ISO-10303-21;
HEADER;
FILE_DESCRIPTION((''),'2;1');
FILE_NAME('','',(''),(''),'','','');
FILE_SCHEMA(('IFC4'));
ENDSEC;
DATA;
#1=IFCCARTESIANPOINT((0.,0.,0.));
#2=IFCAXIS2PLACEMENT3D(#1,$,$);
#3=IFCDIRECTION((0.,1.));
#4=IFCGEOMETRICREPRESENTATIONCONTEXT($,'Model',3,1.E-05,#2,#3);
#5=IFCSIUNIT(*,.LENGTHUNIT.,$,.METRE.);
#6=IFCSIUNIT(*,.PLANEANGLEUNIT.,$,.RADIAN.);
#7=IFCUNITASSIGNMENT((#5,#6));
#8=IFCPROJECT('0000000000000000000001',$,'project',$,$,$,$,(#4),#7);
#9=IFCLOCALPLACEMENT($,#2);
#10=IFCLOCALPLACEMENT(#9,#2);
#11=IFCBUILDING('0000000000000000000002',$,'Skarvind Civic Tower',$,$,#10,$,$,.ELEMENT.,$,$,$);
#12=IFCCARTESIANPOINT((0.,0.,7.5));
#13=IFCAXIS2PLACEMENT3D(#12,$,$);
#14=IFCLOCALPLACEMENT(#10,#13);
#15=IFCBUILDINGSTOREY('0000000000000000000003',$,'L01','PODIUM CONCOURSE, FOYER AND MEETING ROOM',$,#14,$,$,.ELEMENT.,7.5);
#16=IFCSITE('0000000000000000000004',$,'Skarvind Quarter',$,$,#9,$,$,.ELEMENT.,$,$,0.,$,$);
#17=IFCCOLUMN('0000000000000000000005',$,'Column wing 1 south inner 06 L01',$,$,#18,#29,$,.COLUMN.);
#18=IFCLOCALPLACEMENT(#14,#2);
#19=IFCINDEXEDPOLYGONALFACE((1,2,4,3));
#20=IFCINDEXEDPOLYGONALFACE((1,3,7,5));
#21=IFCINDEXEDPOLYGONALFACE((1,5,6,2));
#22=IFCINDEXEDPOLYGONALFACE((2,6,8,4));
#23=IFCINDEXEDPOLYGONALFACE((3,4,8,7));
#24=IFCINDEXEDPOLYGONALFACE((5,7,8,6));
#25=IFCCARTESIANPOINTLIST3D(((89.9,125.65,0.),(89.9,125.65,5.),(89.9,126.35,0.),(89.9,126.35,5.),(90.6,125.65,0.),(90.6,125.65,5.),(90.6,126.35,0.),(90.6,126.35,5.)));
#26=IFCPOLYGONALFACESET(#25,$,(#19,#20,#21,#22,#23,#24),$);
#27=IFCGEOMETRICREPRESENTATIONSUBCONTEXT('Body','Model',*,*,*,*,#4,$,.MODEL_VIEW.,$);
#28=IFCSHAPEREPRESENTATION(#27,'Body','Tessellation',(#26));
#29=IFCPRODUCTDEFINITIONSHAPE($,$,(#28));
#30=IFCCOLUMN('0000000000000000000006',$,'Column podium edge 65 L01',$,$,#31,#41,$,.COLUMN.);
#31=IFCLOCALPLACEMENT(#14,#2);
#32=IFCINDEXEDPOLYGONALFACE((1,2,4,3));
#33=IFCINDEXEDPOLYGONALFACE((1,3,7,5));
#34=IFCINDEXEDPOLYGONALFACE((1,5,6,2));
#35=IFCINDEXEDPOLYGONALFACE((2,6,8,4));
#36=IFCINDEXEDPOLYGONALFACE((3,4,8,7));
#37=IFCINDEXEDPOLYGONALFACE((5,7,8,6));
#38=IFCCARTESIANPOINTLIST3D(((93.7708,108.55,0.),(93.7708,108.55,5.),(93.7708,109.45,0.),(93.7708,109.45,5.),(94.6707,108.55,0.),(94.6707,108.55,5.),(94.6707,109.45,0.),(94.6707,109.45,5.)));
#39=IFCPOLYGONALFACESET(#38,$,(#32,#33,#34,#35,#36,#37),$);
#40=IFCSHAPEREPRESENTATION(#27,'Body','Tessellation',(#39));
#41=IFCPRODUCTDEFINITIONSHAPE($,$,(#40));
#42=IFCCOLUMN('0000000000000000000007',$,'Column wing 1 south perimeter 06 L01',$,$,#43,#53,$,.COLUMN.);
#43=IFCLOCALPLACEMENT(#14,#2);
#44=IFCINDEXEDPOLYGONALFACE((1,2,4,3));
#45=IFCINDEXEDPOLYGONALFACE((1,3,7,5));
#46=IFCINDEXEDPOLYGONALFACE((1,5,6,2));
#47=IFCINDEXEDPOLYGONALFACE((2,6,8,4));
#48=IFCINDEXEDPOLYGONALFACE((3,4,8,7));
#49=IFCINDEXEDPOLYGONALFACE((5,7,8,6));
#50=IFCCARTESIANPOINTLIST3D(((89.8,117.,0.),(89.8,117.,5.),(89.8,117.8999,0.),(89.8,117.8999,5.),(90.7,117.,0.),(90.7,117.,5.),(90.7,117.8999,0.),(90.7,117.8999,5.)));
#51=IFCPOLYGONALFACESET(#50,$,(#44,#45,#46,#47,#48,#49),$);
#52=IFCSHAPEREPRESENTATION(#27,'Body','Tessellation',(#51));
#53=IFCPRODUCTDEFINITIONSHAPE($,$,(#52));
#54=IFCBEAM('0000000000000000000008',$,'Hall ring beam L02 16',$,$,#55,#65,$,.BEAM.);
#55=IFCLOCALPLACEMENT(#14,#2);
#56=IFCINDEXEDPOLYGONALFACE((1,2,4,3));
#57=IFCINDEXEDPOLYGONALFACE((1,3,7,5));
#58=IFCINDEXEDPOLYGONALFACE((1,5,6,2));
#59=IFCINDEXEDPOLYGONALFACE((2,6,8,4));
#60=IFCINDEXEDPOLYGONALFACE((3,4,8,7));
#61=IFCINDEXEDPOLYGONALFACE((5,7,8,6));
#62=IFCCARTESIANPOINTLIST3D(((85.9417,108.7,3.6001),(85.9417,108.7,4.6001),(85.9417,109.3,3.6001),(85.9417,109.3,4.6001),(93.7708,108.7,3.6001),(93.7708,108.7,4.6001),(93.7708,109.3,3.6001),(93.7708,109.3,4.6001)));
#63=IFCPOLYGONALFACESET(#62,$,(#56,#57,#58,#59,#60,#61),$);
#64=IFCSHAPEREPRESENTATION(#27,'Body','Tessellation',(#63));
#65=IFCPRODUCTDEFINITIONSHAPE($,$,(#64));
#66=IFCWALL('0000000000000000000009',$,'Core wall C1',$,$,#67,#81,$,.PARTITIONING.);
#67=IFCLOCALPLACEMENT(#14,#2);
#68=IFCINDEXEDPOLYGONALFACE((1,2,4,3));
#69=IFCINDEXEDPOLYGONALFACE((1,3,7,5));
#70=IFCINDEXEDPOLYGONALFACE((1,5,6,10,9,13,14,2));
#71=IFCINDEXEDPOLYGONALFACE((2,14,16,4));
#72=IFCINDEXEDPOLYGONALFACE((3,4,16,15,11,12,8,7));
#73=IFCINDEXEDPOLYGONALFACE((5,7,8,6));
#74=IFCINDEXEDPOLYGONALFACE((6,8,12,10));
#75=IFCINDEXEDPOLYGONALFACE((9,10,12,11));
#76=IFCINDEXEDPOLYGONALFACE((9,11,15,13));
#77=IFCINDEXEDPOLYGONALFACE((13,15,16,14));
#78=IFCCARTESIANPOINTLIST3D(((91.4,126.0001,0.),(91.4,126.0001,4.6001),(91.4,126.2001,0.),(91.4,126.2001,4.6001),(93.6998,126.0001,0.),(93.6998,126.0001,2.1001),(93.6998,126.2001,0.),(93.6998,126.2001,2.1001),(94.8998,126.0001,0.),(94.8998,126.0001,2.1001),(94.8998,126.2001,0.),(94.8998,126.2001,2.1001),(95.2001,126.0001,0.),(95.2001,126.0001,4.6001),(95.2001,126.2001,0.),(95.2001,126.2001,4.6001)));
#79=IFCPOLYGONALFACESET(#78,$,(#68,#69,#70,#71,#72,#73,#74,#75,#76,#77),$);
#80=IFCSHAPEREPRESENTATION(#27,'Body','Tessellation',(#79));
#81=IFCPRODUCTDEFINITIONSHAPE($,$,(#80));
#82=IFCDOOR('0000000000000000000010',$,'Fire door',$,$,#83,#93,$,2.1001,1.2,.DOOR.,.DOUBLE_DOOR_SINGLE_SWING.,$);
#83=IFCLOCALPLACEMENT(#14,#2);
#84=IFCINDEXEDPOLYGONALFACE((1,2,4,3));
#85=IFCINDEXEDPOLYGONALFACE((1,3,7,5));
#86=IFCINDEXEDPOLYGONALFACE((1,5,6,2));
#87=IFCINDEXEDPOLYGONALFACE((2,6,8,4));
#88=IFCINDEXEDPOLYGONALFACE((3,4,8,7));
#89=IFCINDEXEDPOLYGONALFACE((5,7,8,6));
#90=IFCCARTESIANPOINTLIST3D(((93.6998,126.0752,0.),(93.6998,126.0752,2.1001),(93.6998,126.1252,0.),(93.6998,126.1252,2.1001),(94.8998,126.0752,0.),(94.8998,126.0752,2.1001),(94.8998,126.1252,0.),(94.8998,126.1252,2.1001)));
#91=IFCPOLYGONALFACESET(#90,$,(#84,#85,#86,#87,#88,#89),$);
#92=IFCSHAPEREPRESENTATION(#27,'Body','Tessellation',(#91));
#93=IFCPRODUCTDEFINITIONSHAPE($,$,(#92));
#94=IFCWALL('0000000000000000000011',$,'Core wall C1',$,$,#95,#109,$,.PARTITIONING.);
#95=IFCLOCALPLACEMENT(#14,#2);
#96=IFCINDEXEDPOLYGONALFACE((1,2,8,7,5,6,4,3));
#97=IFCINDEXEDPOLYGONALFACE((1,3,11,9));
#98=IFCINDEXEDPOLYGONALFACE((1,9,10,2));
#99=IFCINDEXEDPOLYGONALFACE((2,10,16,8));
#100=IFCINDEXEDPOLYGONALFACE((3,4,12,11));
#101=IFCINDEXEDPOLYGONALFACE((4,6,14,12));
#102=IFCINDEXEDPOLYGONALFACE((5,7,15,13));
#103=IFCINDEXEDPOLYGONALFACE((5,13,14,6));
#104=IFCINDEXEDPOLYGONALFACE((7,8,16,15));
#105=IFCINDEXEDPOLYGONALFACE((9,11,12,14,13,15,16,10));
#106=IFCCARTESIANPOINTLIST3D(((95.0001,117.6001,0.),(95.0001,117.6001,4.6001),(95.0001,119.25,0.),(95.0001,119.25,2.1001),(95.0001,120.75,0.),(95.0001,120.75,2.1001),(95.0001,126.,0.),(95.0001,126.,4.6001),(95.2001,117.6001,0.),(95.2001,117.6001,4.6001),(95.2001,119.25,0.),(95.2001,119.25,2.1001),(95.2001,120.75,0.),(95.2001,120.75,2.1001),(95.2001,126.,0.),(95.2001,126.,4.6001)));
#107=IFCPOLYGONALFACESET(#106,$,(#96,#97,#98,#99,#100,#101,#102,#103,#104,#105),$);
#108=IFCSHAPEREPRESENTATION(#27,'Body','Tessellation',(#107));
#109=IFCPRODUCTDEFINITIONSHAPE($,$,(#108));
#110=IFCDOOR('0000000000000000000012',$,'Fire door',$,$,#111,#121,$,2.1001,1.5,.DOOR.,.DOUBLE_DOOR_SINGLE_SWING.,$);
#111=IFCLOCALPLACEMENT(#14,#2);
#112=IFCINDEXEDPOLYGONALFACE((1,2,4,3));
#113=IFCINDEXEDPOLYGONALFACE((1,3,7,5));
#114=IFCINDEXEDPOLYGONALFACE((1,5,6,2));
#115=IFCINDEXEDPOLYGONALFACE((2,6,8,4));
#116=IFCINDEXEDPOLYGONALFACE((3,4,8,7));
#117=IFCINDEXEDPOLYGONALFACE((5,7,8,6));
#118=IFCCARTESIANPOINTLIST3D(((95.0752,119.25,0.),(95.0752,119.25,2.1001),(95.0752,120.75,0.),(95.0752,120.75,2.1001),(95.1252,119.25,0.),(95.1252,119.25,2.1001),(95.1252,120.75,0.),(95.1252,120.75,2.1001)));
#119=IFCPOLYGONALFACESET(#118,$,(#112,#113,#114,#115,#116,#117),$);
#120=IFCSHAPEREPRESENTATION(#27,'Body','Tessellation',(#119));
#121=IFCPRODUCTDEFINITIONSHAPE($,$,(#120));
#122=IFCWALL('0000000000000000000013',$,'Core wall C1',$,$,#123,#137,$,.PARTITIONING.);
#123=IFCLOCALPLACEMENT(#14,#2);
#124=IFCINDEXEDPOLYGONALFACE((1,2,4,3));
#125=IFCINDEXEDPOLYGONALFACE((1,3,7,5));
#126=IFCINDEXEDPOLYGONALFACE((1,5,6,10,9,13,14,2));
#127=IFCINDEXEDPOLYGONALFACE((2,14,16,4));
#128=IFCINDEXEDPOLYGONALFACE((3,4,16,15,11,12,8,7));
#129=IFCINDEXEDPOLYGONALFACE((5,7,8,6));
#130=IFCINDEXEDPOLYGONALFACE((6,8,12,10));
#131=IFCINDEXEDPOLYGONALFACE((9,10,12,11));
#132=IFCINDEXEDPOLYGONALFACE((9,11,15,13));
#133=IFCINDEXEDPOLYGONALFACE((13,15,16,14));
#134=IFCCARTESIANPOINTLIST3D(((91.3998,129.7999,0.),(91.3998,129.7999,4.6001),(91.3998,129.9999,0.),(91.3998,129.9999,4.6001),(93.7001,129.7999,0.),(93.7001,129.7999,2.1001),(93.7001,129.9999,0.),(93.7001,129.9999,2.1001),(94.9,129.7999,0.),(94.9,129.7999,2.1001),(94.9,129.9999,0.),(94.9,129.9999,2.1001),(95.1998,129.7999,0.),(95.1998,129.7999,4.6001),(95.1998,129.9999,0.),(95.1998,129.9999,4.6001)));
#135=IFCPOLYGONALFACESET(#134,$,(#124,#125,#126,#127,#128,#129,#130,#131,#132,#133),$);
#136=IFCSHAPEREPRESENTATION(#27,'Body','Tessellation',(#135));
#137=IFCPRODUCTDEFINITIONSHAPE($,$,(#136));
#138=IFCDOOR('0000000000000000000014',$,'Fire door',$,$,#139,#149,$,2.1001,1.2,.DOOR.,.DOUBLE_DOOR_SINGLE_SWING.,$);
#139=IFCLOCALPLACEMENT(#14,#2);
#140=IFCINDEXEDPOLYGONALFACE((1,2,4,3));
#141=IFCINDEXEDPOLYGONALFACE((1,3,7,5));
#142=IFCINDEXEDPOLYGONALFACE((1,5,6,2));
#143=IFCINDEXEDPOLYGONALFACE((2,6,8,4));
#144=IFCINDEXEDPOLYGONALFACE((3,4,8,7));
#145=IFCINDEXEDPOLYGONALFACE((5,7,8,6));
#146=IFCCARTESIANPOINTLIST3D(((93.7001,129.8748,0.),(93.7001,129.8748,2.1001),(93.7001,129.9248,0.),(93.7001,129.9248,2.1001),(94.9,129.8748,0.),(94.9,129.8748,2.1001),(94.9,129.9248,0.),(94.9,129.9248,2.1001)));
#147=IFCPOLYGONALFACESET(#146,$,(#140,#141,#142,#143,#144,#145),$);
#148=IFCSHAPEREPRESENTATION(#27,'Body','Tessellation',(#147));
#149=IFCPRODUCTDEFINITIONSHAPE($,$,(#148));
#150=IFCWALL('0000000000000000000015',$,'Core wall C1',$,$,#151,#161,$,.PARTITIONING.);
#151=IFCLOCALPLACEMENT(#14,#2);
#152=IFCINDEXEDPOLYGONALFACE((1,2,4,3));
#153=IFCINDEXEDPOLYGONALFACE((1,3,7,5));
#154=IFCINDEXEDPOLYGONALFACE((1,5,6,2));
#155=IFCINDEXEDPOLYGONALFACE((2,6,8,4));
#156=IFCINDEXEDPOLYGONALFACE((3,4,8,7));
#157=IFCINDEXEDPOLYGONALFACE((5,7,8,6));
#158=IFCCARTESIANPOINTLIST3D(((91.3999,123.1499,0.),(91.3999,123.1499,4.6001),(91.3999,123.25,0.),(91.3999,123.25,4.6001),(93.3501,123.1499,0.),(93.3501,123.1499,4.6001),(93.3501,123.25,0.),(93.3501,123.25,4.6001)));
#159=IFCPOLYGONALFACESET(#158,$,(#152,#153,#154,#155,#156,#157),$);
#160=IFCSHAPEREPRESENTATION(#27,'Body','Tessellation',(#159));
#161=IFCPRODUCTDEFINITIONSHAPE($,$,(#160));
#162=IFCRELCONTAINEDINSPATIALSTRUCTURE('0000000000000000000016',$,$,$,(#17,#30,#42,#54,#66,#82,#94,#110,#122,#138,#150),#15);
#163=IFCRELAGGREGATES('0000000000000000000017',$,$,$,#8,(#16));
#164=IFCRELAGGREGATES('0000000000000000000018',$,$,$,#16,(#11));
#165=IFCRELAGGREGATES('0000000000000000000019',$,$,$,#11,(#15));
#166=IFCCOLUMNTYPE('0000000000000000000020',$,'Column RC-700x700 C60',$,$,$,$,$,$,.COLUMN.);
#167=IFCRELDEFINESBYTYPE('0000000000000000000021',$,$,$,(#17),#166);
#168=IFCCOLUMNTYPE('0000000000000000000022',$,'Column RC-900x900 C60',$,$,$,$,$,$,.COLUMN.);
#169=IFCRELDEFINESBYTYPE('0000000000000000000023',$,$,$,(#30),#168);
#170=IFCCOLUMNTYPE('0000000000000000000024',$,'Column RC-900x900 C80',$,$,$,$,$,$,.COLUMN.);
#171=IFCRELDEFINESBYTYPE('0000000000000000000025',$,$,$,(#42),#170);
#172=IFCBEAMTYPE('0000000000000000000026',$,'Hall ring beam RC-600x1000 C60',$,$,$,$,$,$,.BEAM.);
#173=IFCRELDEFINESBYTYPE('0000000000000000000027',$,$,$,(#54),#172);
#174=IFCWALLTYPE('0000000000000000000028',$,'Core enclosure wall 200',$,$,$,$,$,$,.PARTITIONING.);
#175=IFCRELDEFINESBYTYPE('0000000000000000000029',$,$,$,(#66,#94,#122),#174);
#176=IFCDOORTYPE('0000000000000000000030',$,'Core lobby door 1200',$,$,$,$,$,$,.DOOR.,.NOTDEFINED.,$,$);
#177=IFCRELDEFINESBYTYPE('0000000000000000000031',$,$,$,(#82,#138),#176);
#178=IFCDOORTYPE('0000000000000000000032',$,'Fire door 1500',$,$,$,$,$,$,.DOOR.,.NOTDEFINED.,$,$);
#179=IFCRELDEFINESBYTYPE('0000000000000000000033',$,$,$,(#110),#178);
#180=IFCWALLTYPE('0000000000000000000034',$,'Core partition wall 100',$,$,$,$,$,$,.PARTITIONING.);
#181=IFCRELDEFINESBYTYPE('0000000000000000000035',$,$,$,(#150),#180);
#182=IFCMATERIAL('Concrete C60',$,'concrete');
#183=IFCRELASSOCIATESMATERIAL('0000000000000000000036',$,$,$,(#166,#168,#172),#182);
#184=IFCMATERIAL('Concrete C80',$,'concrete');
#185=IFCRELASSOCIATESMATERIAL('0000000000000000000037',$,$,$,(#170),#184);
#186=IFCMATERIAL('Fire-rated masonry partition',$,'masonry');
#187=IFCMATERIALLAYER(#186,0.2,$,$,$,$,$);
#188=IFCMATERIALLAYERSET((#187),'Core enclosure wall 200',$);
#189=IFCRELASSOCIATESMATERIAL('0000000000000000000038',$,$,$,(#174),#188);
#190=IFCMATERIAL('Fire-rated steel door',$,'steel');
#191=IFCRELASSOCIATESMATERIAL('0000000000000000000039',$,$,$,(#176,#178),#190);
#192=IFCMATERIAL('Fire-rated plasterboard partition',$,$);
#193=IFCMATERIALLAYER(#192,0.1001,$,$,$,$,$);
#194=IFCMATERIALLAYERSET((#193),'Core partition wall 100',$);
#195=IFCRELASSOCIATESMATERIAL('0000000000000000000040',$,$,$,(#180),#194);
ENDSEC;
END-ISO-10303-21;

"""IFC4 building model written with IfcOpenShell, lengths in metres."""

from ifc_helpers import new_model, si_unit, direction, frame, frame_2d, origin, origin_2d, place, context, subcontext, project, spatial, rectangle, extrude, material, layer, layer_set, material_profile, profile_set, type_object, element, fill, save


model = new_model("IFC4")

# Units and contexts
model_context = context("Model", 3, precision=1e-05, world=origin(), true_north=direction((0.0, 1.0)))
body_context = subcontext(model_context, "Body", "Model", "MODEL_VIEW")
ifc_project = project(units=[si_unit("LENGTHUNIT", "METRE"), si_unit("PLANEANGLEUNIT", "RADIAN")], contexts=[model_context])

# Site, building, storey
site_placement = place(None, origin())
site = spatial("IfcSite", under=ifc_project, at=site_placement, Name="Skarvind Quarter", CompositionType="ELEMENT", RefElevation=0.0)
building_placement = place(site_placement, origin())
building = spatial("IfcBuilding", under=site, at=building_placement, Name="Skarvind Civic Tower", CompositionType="ELEMENT")
storey_placement = place(building_placement, frame((0.0, 0.0, 7.5)))
storey = spatial("IfcBuildingStorey", under=building, at=storey_placement, Name="L01", Description="PODIUM CONCOURSE, FOYER AND MEETING ROOM", CompositionType="ELEMENT", Elevation=7.5)

# Columns
ifc_material_1 = material(Name="Concrete C60", Category="concrete")
ifc_material_profile_1 = material_profile(ifc_material_1, rectangle(XDim=0.7, YDim=0.7, at=origin_2d()), Name="RC-700x700")
ifc_profile_set_1 = profile_set([ifc_material_profile_1], Name="Concrete C60")
column_type_1 = type_object("IfcColumnType", Name="Column RC-700x700 C60", PredefinedType="COLUMN", material=ifc_profile_set_1)
column_1_placement = place(storey_placement, frame((90.25, 126.0, 0.0), z_axis=(0.0, 0.0, 1.0), x_axis=(1.0, 0.0, 0.0)))
element("IfcColumn", 1, at=column_1_placement, inside=storey, type_object=column_type_1, Name="Column wing 1 south inner 06 L01", PredefinedType="COLUMN", context=body_context, shape_type="SweptSolid", body=[
    extrude(rectangle(XDim=0.7, YDim=0.7, at=origin_2d()), origin(), (0.0, 0.0, 1.0), 5.0),
])
ifc_material_profile_2 = material_profile(ifc_material_1, rectangle(XDim=0.8999, YDim=0.8999, at=origin_2d()), Name="RC-900x900")
ifc_profile_set_2 = profile_set([ifc_material_profile_2], Name="Concrete C60")
column_type_2 = type_object("IfcColumnType", Name="Column RC-900x900 C60", PredefinedType="COLUMN", material=ifc_profile_set_2)
column_2_placement = place(storey_placement, frame((94.2207, 109.0, 0.0), z_axis=(0.0, 0.0, 1.0), x_axis=(1.0, 0.0, 0.0)))
element("IfcColumn", 2, at=column_2_placement, inside=storey, type_object=column_type_2, Name="Column podium edge 65 L01", PredefinedType="COLUMN", context=body_context, shape_type="SweptSolid", body=[
    extrude(rectangle(XDim=0.8999, YDim=0.8999, at=origin_2d()), origin(), (0.0, 0.0, 1.0), 5.0),
])
ifc_material_2 = material(Name="Concrete C80", Category="concrete")
ifc_material_profile_3 = material_profile(ifc_material_2, rectangle(XDim=0.8999, YDim=0.8999, at=origin_2d()), Name="RC-900x900")
ifc_profile_set_3 = profile_set([ifc_material_profile_3], Name="Concrete C80")
column_type_3 = type_object("IfcColumnType", Name="Column RC-900x900 C80", PredefinedType="COLUMN", material=ifc_profile_set_3)
column_3_placement = place(storey_placement, frame((90.25, 117.45, 0.0), z_axis=(0.0, 0.0, 1.0), x_axis=(1.0, 0.0, 0.0)))
element("IfcColumn", 3, at=column_3_placement, inside=storey, type_object=column_type_3, Name="Column wing 1 south perimeter 06 L01", PredefinedType="COLUMN", context=body_context, shape_type="SweptSolid", body=[
    extrude(rectangle(XDim=0.8999, YDim=0.8999, at=origin_2d()), origin(), (0.0, 0.0, 1.0), 5.0),
])

# Beam
ifc_material_profile_4 = material_profile(ifc_material_1, rectangle(XDim=0.6001, YDim=1.0, at=origin_2d()), Name="RC-600x1000")
ifc_profile_set_4 = profile_set([ifc_material_profile_4], Name="Concrete C60")
beam_type = type_object("IfcBeamType", Name="Hall ring beam RC-600x1000 C60", PredefinedType="BEAM", material=ifc_profile_set_4)
beam_placement = place(storey_placement, frame((93.7708, 109.0, 4.1001), z_axis=(-1.0, 0.0, 0.0), x_axis=(0.0, -1.0, 0.0)))
element("IfcBeam", 4, at=beam_placement, inside=storey, type_object=beam_type, Name="Hall ring beam L02 16", PredefinedType="BEAM", context=body_context, shape_type="SweptSolid", body=[
    extrude(rectangle(XDim=0.6001, YDim=1.0, at=origin_2d()), origin(), (0.0, 0.0, 1.0), 7.8291),
])

# Walls, openings, doors
ifc_material_3 = material(Name="Fire-rated masonry partition", Category="masonry")
ifc_layer_1 = layer(ifc_material_3, 0.2)
ifc_layer_set_1 = layer_set([ifc_layer_1], Name="Core enclosure wall 200")
wall_type_1 = type_object("IfcWallType", Name="Core enclosure wall 200", PredefinedType="PARTITIONING", material=ifc_layer_set_1)
wall_1_placement = place(storey_placement, frame((95.2, 126.1001, 0.0), z_axis=(0.0, 0.0, 1.0), x_axis=(-1.0, 0.0, 0.0)))
wall_1 = element("IfcWall", 5, at=wall_1_placement, inside=storey, type_object=wall_type_1, Name="Core wall C1", PredefinedType="PARTITIONING", context=body_context, shape_type="SweptSolid", body=[
    extrude(rectangle(XDim=3.8, YDim=0.2, at=frame_2d((1.8999, 0.0))), origin(), (0.0, 0.0, 1.0), 4.6001),
])
opening_1_placement = place(wall_1_placement, frame((0.3, 0.0, 0.0)))
opening_1 = element("IfcOpeningElement", 6, at=opening_1_placement, cuts=wall_1, PredefinedType="OPENING", context=body_context, shape_type="SweptSolid", body=[
    extrude(rectangle(XDim=1.2, YDim=2.1001, at=frame_2d((0.6001, 1.05))), frame((0.0, 0.1099, 0.0), z_axis=(0.0, -1.0, 0.0), x_axis=(1.0, 0.0, 0.0)), (0.0, 0.0, 1.0), 0.22),
])
ifc_material_4 = material(Name="Fire-rated steel door", Category="steel")
door_type_1 = type_object("IfcDoorType", Name="Core lobby door 1200", OperationType="NOTDEFINED", PredefinedType="DOOR", material=ifc_material_4)
door_1_placement = place(opening_1_placement, origin())
door_1 = element("IfcDoor", 7, at=door_1_placement, inside=storey, type_object=door_type_1, Name="Fire door", OperationType="DOUBLE_DOOR_SINGLE_SWING", OverallHeight=2.1001, OverallWidth=1.2, PredefinedType="DOOR", context=body_context, shape_type="SweptSolid", body=[
    extrude(rectangle(XDim=1.2, YDim=2.1001, at=frame_2d((0.6001, 1.05))), frame((0.0, 0.0249, 0.0), z_axis=(0.0, -1.0, 0.0), x_axis=(1.0, 0.0, 0.0)), (0.0, 0.0, 1.0), 0.05),
])
fill(opening_1, door_1)
wall_2_placement = place(storey_placement, frame((95.1001, 117.6001, 0.0), z_axis=(0.0, 0.0, 1.0), x_axis=(0.0, 1.0, 0.0)))
wall_2 = element("IfcWall", 8, at=wall_2_placement, inside=storey, type_object=wall_type_1, Name="Core wall C1", PredefinedType="PARTITIONING", context=body_context, shape_type="SweptSolid", body=[
    extrude(rectangle(XDim=8.3999, YDim=0.2, at=frame_2d((4.2, 0.0))), origin(), (0.0, 0.0, 1.0), 4.6001),
])
opening_2_placement = place(wall_2_placement, frame((1.6499, 0.0, 0.0)))
opening_2 = element("IfcOpeningElement", 9, at=opening_2_placement, cuts=wall_2, PredefinedType="OPENING", context=body_context, shape_type="SweptSolid", body=[
    extrude(rectangle(XDim=1.5, YDim=2.1001, at=frame_2d((0.75, 1.05))), frame((0.0, 0.1099, 0.0), z_axis=(0.0, -1.0, 0.0), x_axis=(1.0, 0.0, 0.0)), (0.0, 0.0, 1.0), 0.22),
])
door_type_2 = type_object("IfcDoorType", Name="Fire door 1500", OperationType="NOTDEFINED", PredefinedType="DOOR", material=ifc_material_4)
door_2_placement = place(opening_2_placement, origin())
door_2 = element("IfcDoor", 10, at=door_2_placement, inside=storey, type_object=door_type_2, Name="Fire door", OperationType="DOUBLE_DOOR_SINGLE_SWING", OverallHeight=2.1001, OverallWidth=1.5, PredefinedType="DOOR", context=body_context, shape_type="SweptSolid", body=[
    extrude(rectangle(XDim=1.5, YDim=2.1001, at=frame_2d((0.75, 1.05))), frame((0.0, 0.0249, 0.0), z_axis=(0.0, -1.0, 0.0), x_axis=(1.0, 0.0, 0.0)), (0.0, 0.0, 1.0), 0.05),
])
fill(opening_2, door_2)
wall_3_placement = place(storey_placement, frame((91.3999, 129.8999, 0.0), z_axis=(0.0, 0.0, 1.0), x_axis=(1.0, 0.0, 0.0)))
wall_3 = element("IfcWall", 11, at=wall_3_placement, inside=storey, type_object=wall_type_1, Name="Core wall C1", PredefinedType="PARTITIONING", context=body_context, shape_type="SweptSolid", body=[
    extrude(rectangle(XDim=3.8, YDim=0.2, at=frame_2d((1.8999, 0.0))), origin(), (0.0, 0.0, 1.0), 4.6001),
])
opening_3_placement = place(wall_3_placement, frame((2.3, 0.0, 0.0)))
opening_3 = element("IfcOpeningElement", 12, at=opening_3_placement, cuts=wall_3, PredefinedType="OPENING", context=body_context, shape_type="SweptSolid", body=[
    extrude(rectangle(XDim=1.2, YDim=2.1001, at=frame_2d((0.6001, 1.05))), frame((0.0, 0.1099, 0.0), z_axis=(0.0, -1.0, 0.0), x_axis=(1.0, 0.0, 0.0)), (0.0, 0.0, 1.0), 0.22),
])
door_3_placement = place(opening_3_placement, origin())
door_3 = element("IfcDoor", 13, at=door_3_placement, inside=storey, type_object=door_type_1, Name="Fire door", OperationType="DOUBLE_DOOR_SINGLE_SWING", OverallHeight=2.1001, OverallWidth=1.2, PredefinedType="DOOR", context=body_context, shape_type="SweptSolid", body=[
    extrude(rectangle(XDim=1.2, YDim=2.1001, at=frame_2d((0.6001, 1.05))), frame((0.0, 0.0249, 0.0), z_axis=(0.0, -1.0, 0.0), x_axis=(1.0, 0.0, 0.0)), (0.0, 0.0, 1.0), 0.05),
])
fill(opening_3, door_3)

# Wall
ifc_material_5 = material(Name="Fire-rated plasterboard partition")
ifc_layer_2 = layer(ifc_material_5, 0.1001)
ifc_layer_set_2 = layer_set([ifc_layer_2], Name="Core partition wall 100")
wall_type_2 = type_object("IfcWallType", Name="Core partition wall 100", PredefinedType="PARTITIONING", material=ifc_layer_set_2)
wall_4_placement = place(storey_placement, frame((93.3501, 123.2, 0.0), z_axis=(0.0, 0.0, 1.0), x_axis=(-1.0, 0.0, 0.0)))
element("IfcWall", 14, at=wall_4_placement, inside=storey, type_object=wall_type_2, Name="Core wall C1", PredefinedType="PARTITIONING", context=body_context, shape_type="SweptSolid", body=[
    extrude(rectangle(XDim=1.9502, YDim=0.1001, at=frame_2d((0.9751, 0.0))), origin(), (0.0, 0.0, 1.0), 4.6001),
])

save(model, "model.ifc")
